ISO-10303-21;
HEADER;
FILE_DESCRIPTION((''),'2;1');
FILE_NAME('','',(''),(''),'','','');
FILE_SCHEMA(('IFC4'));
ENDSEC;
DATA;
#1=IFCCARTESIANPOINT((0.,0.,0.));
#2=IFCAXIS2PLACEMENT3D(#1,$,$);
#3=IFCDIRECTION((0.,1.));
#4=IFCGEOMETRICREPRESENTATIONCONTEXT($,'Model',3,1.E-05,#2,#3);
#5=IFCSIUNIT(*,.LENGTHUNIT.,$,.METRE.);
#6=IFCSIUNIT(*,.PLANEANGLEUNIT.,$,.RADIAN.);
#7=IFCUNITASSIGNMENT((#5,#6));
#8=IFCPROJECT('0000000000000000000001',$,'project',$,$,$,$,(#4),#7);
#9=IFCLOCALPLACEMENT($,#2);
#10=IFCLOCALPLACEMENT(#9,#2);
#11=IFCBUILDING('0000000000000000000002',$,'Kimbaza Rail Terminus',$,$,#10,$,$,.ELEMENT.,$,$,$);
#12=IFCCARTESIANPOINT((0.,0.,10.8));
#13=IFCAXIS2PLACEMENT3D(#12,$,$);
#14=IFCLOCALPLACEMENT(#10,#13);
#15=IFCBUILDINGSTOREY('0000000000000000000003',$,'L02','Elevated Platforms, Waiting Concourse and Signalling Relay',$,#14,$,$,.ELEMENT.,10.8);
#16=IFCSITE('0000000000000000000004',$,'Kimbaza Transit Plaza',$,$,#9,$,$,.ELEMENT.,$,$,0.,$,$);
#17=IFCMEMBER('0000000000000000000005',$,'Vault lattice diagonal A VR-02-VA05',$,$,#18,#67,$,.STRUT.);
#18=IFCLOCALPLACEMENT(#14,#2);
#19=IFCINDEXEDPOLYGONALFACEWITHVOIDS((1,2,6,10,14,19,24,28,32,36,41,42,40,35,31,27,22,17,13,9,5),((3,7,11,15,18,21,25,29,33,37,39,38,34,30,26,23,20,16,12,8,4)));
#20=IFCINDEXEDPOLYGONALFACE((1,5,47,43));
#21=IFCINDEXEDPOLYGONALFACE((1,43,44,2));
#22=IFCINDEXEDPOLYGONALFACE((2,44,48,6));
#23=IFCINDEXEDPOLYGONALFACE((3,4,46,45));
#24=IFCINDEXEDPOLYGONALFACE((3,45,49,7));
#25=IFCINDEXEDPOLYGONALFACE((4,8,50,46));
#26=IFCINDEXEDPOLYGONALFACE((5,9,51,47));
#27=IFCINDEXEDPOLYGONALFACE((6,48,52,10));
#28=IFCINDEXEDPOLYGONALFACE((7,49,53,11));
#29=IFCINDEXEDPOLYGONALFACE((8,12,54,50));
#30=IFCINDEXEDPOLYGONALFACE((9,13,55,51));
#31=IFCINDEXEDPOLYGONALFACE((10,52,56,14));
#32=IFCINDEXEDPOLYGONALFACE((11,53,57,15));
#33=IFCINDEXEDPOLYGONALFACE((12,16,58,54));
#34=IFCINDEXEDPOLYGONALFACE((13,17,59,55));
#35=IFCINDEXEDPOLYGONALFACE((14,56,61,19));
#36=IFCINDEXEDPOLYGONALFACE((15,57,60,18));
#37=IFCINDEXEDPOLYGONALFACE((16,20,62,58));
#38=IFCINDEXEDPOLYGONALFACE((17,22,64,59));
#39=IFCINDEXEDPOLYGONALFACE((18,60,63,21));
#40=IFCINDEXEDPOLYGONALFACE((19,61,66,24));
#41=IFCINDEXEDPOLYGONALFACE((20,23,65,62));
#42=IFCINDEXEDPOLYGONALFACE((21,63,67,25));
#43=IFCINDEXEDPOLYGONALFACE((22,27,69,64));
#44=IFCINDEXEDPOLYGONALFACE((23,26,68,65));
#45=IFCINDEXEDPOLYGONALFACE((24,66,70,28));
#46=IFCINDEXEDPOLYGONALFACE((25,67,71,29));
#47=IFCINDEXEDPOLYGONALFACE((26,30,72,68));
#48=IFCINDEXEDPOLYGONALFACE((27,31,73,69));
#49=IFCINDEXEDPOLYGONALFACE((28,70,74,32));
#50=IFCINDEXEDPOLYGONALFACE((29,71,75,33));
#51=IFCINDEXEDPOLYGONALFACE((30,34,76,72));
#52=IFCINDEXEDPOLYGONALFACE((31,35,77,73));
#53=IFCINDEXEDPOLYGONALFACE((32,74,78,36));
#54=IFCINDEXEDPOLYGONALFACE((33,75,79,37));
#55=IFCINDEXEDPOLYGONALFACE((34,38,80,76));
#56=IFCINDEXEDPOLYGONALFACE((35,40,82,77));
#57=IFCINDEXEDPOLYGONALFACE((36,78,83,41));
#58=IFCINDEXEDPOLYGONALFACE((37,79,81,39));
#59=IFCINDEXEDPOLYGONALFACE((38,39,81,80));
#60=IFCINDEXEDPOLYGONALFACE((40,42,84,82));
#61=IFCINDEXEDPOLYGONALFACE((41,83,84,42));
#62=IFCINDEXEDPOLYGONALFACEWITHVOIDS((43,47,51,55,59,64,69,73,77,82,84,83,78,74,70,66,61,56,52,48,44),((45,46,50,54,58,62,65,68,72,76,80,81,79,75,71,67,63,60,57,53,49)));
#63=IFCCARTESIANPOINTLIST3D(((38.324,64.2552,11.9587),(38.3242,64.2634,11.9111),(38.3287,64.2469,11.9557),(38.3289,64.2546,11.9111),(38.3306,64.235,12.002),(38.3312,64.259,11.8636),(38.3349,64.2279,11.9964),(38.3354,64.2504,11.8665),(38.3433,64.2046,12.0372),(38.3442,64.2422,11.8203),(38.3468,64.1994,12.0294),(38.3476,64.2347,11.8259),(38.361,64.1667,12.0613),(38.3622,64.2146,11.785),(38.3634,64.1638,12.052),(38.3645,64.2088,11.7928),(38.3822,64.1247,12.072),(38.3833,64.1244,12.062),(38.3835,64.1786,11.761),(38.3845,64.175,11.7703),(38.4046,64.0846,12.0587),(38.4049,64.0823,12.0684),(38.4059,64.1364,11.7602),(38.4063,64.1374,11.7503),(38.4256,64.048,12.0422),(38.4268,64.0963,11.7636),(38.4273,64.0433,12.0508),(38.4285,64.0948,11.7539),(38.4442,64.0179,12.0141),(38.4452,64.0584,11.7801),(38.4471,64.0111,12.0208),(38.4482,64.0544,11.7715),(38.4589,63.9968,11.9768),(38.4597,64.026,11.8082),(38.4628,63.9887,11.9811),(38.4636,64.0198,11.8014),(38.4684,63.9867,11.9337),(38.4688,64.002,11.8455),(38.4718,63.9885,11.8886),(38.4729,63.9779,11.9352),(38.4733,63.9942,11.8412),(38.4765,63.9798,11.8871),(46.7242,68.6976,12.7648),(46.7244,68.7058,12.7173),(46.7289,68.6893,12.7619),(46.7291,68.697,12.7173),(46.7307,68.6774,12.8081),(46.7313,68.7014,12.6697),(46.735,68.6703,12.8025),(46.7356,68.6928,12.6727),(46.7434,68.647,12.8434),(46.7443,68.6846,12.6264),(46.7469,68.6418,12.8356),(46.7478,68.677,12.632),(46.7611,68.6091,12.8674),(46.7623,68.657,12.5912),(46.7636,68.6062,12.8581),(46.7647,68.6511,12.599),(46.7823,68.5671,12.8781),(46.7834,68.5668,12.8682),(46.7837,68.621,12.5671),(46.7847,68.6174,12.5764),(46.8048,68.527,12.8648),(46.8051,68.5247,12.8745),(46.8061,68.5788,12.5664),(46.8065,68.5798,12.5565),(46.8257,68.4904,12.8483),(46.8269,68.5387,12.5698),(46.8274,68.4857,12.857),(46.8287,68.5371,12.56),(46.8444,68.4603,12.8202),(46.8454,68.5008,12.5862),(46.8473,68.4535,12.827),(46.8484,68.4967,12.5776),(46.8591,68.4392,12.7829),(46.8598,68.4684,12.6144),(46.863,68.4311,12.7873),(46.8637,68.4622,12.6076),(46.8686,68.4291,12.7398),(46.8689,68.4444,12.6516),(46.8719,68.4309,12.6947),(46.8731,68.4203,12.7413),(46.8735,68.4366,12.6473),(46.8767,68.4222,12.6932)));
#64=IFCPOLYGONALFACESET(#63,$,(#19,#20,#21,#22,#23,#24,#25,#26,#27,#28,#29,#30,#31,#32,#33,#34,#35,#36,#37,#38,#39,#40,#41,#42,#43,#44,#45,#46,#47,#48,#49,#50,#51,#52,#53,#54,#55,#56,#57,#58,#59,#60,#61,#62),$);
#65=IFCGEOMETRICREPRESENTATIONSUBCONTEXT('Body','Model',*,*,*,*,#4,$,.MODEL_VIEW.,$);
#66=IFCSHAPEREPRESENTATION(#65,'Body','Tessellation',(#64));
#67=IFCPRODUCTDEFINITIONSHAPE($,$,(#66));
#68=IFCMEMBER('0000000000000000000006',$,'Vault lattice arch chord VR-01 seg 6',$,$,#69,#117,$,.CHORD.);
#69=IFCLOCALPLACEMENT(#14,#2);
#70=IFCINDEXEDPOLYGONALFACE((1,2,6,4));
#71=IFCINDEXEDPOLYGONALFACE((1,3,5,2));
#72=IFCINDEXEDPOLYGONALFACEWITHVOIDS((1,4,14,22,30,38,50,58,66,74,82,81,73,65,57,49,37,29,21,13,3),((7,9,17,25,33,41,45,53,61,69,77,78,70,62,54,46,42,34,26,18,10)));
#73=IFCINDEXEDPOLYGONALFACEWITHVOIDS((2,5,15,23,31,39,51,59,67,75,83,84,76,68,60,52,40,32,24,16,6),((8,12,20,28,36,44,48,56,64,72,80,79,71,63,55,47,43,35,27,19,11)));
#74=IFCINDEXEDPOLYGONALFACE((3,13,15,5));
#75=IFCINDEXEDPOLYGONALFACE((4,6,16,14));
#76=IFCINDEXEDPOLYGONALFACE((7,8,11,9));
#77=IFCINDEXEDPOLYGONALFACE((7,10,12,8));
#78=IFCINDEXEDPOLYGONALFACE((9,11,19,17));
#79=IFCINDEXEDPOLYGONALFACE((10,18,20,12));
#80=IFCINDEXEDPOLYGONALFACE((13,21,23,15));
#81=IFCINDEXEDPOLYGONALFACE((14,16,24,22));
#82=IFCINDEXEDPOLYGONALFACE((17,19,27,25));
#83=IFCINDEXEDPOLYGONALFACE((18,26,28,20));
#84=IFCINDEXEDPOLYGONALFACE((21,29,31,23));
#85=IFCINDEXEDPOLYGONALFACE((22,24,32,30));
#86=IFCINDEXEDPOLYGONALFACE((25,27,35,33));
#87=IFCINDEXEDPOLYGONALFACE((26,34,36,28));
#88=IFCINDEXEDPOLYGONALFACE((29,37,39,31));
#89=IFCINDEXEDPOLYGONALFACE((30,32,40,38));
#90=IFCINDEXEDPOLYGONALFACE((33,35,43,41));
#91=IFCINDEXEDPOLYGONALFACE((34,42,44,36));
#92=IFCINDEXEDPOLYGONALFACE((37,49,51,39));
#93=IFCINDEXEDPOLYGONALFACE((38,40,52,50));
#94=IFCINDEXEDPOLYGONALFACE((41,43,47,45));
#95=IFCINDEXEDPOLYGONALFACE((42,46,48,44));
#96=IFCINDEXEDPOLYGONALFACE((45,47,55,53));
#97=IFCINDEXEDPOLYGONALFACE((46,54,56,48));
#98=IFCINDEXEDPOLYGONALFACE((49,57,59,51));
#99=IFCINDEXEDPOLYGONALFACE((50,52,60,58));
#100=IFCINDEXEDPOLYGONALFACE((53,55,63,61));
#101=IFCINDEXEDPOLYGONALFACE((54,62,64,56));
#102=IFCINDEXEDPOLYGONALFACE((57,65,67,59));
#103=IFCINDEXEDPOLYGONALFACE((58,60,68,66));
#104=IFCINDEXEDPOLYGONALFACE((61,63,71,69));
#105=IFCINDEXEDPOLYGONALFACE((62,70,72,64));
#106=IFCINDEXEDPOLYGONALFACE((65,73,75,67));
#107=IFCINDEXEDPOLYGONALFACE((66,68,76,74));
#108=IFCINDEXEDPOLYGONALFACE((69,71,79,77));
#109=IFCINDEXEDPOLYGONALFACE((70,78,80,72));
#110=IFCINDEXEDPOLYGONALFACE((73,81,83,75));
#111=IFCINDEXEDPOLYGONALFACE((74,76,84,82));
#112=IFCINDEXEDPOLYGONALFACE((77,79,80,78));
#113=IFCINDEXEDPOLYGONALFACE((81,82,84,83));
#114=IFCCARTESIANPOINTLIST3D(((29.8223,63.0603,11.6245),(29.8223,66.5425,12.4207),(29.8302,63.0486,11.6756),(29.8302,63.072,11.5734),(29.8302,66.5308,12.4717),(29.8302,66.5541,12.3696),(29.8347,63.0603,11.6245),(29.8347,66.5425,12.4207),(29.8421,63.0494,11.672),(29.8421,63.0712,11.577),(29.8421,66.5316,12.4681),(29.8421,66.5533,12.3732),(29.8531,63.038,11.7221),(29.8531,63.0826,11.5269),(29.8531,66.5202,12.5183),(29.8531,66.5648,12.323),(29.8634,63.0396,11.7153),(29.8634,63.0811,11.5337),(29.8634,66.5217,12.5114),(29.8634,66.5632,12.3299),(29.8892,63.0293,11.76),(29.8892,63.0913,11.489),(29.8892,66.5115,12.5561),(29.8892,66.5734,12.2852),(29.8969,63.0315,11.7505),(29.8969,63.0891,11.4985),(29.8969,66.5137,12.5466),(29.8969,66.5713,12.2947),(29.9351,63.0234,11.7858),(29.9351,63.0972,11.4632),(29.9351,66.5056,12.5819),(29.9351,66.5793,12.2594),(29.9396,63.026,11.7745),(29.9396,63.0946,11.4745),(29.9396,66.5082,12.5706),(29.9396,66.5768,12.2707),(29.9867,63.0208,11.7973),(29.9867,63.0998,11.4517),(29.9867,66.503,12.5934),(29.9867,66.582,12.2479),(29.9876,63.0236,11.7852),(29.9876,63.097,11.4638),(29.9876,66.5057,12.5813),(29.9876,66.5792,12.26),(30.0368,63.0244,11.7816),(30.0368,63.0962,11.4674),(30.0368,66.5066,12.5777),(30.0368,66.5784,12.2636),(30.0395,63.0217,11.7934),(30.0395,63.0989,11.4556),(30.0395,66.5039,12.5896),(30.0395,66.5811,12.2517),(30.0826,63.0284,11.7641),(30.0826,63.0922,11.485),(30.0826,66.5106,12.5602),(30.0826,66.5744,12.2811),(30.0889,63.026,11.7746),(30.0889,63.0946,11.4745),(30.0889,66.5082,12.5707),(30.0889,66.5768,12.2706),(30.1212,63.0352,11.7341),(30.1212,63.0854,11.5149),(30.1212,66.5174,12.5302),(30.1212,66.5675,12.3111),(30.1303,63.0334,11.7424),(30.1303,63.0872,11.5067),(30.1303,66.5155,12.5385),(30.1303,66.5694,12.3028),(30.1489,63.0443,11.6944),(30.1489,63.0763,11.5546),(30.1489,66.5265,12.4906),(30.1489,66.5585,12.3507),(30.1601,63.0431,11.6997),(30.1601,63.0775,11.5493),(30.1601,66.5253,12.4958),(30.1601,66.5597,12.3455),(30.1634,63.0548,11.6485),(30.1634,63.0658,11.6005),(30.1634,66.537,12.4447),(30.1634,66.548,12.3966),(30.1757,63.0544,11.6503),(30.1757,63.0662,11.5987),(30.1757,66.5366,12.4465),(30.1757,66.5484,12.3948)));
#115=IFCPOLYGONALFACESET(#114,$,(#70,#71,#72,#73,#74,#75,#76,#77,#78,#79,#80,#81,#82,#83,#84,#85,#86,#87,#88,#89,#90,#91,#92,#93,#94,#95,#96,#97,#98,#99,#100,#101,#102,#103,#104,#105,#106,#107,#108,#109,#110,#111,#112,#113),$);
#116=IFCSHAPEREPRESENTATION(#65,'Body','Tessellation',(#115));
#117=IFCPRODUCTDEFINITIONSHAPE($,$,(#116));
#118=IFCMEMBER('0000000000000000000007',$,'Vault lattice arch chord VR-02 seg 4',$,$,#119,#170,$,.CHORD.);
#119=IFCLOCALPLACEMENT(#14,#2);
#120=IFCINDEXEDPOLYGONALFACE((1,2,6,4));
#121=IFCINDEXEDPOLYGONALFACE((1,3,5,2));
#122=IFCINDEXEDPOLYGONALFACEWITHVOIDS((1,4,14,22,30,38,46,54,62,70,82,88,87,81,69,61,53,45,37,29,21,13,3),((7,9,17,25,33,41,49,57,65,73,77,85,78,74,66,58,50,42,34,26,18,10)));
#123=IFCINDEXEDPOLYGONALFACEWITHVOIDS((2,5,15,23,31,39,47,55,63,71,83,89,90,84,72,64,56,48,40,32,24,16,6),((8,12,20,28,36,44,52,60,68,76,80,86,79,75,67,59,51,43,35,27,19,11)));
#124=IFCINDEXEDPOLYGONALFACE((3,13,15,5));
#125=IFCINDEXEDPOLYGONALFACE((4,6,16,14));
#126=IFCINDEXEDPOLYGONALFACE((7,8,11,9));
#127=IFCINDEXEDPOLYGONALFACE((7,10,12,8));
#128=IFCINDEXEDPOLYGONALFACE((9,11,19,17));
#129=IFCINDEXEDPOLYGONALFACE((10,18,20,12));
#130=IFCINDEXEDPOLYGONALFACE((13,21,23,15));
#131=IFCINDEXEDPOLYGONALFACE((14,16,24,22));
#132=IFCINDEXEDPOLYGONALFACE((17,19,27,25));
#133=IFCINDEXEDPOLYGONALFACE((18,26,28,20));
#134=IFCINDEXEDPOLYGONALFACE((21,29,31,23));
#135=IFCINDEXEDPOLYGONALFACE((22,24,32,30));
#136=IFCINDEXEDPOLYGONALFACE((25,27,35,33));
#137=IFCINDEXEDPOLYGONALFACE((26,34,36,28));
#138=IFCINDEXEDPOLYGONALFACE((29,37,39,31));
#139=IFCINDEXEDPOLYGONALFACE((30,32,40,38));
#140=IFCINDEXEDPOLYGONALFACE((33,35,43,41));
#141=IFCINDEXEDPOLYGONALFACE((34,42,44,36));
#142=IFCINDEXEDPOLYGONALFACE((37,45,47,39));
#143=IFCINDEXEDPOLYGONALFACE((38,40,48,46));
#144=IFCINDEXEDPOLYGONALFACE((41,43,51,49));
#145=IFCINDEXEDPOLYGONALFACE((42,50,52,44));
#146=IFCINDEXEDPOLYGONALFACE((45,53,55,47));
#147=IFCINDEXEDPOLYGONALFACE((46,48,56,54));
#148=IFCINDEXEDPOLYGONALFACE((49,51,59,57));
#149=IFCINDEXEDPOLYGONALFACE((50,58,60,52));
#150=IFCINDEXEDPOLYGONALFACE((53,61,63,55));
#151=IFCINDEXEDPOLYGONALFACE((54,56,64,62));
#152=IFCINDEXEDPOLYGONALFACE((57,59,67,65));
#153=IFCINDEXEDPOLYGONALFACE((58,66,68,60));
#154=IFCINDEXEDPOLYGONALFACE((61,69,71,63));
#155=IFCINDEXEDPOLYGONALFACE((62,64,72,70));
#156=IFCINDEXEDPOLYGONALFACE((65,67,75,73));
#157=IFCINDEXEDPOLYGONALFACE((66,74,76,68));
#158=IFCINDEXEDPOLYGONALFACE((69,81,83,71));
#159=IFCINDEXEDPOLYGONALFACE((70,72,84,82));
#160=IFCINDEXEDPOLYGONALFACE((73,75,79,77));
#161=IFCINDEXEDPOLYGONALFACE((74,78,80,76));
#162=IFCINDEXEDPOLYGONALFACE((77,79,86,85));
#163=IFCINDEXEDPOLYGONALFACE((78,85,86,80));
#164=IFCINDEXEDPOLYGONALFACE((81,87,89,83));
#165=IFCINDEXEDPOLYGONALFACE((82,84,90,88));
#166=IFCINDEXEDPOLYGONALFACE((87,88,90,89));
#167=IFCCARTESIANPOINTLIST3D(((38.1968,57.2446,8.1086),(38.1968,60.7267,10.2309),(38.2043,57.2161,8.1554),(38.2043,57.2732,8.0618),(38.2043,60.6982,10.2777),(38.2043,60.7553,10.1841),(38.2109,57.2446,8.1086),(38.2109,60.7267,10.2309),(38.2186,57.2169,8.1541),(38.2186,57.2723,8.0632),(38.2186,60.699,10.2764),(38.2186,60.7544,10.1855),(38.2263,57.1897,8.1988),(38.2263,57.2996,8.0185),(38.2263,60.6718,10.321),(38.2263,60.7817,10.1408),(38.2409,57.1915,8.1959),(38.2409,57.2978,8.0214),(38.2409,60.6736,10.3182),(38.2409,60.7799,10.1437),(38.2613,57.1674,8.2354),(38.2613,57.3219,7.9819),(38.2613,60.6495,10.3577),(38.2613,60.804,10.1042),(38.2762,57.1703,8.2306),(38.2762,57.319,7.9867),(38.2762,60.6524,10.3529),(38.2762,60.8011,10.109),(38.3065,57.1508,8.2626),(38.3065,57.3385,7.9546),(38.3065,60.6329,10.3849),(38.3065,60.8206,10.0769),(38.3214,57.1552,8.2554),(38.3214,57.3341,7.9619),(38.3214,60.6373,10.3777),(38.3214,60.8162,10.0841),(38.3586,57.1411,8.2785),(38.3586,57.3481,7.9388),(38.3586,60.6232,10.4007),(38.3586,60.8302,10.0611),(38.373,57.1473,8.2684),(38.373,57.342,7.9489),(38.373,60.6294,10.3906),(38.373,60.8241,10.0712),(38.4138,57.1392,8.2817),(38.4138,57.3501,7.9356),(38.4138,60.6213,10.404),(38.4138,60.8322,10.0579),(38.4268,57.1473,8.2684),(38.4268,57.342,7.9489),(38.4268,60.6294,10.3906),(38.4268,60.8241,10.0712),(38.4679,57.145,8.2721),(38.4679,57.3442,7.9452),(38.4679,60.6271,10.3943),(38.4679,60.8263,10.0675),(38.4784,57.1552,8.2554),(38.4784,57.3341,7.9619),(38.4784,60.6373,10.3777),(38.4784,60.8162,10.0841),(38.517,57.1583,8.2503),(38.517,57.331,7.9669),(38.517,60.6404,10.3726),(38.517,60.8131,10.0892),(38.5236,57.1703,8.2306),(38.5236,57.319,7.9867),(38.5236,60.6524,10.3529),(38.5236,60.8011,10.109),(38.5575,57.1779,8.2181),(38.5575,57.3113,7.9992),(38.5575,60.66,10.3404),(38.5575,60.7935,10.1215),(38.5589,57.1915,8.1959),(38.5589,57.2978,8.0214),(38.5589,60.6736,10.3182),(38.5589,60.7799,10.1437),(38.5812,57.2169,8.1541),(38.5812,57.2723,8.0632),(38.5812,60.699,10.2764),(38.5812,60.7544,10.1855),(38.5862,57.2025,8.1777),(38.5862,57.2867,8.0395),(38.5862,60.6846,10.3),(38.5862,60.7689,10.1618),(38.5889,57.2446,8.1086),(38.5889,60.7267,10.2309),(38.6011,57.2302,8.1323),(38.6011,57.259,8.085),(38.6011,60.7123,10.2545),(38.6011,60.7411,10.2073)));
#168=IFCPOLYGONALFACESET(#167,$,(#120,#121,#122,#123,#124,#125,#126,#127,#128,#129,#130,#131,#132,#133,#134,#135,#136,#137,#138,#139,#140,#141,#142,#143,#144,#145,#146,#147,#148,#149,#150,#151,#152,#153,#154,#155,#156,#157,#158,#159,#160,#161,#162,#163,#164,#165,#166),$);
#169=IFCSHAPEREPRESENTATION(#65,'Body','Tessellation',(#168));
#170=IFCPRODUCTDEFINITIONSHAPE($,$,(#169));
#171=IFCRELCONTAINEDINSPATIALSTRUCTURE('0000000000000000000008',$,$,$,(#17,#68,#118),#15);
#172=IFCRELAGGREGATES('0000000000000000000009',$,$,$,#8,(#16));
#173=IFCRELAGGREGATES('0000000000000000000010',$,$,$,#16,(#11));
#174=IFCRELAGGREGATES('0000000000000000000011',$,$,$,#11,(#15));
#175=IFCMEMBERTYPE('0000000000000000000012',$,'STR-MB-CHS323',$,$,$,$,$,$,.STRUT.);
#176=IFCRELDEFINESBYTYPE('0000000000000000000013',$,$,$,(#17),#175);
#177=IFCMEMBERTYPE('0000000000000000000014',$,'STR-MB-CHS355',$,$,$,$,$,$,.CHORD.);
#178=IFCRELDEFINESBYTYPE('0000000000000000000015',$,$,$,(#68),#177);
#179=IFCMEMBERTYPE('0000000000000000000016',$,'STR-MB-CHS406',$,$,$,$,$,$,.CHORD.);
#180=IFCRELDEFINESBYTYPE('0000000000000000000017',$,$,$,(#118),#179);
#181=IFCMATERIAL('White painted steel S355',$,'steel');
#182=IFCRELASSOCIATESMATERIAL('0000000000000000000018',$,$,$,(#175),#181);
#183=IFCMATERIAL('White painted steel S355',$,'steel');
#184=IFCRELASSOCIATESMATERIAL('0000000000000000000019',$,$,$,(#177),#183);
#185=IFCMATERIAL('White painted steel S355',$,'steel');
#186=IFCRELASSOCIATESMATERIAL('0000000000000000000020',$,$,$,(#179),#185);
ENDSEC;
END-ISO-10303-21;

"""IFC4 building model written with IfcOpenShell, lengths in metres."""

from ifc_helpers import new_model, si_unit, direction, frame, origin, origin_2d, place, context, subcontext, project, spatial, hollow_circle, extrude, material, material_profile, profile_set, type_object, element, save


model = new_model("IFC4")

# Units and contexts
model_context = context("Model", 3, precision=1e-05, world=origin(), true_north=direction((0.0, 1.0)))
body_context = subcontext(model_context, "Body", "Model", "MODEL_VIEW")
ifc_project = project(units=[si_unit("LENGTHUNIT", "METRE"), si_unit("PLANEANGLEUNIT", "RADIAN")], contexts=[model_context])

# Site, building, storey
site_placement = place(None, origin())
site = spatial("IfcSite", under=ifc_project, at=site_placement, Name="Kimbaza Transit Plaza", CompositionType="ELEMENT", RefElevation=0.0)
building_placement = place(site_placement, origin())
building = spatial("IfcBuilding", under=site, at=building_placement, Name="Kimbaza Rail Terminus", CompositionType="ELEMENT")
storey_placement = place(building_placement, frame((0.0, 0.0, 10.8)))
storey = spatial("IfcBuildingStorey", under=building, at=storey_placement, Name="L02", Description="Elevated Platforms, Waiting Concourse and Signalling Relay", CompositionType="ELEMENT", Elevation=10.8)

# Members
ifc_material_1 = material(Name="White painted steel S355", Category="steel")
ifc_material_profile_1 = material_profile(ifc_material_1, hollow_circle(Radius=0.1619, WallThickness=0.01, at=origin_2d()), Name="CHS 323.9x10")
ifc_profile_set_1 = profile_set([ifc_material_profile_1], Name="White painted steel S355")
member_type_1 = type_object("IfcMemberType", Name="STR-MB-CHS323", PredefinedType="STRUT", material=ifc_profile_set_1)
member_1_placement = place(storey_placement, frame((38.3999, 64.1204, 11.9111), z_axis=(0.880831, 0.465824, 0.084532), x_axis=(-0.467497, 0.883995, 0.0)))
element("IfcMember", 1, at=member_1_placement, inside=storey, type_object=member_type_1, Name="Vault lattice diagonal A VR-02-VA05", PredefinedType="STRUT", context=body_context, shape_type="SweptSolid", body=[
    extrude(hollow_circle(Radius=0.1619, WallThickness=0.01, at=origin_2d()), origin(), (0.0, 0.0, 1.0), 9.5366),
])
ifc_material_2 = material(Name="White painted steel S355", Category="steel")
ifc_material_profile_2 = material_profile(ifc_material_2, hollow_circle(Radius=0.1777, WallThickness=0.0125, at=origin_2d()), Name="CHS 355.6x12.5")
ifc_profile_set_2 = profile_set([ifc_material_profile_2], Name="White painted steel S355")
member_type_2 = type_object("IfcMemberType", Name="STR-MB-CHS355", PredefinedType="CHORD", material=ifc_profile_set_2)
member_2_placement = place(storey_placement, frame((30.0, 63.0603, 11.6245), z_axis=(0.0, 0.974845, 0.222882), x_axis=(-1.0, 0.0, 0.0)))
element("IfcMember", 2, at=member_2_placement, inside=storey, type_object=member_type_2, Name="Vault lattice arch chord VR-01 seg 6", PredefinedType="CHORD", context=body_context, shape_type="SweptSolid", body=[
    extrude(hollow_circle(Radius=0.1777, WallThickness=0.0125, at=origin_2d()), origin(), (0.0, 0.0, 1.0), 3.572),
])
ifc_material_3 = material(Name="White painted steel S355", Category="steel")
ifc_material_profile_3 = material_profile(ifc_material_3, hollow_circle(Radius=0.2031, WallThickness=0.0142, at=origin_2d()), Name="CHS 406.4x14.2")
ifc_profile_set_3 = profile_set([ifc_material_profile_3], Name="White painted steel S355")
member_type_3 = type_object("IfcMemberType", Name="STR-MB-CHS406", PredefinedType="CHORD", material=ifc_profile_set_3)
member_3_placement = place(storey_placement, frame((38.3999, 57.2446, 8.1086), z_axis=(0.0, 0.853901, 0.520435), x_axis=(-1.0, 0.0, 0.0)))
element("IfcMember", 3, at=member_3_placement, inside=storey, type_object=member_type_3, Name="Vault lattice arch chord VR-02 seg 4", PredefinedType="CHORD", context=body_context, shape_type="SweptSolid", body=[
    extrude(hollow_circle(Radius=0.2031, WallThickness=0.0142, at=origin_2d()), origin(), (0.0, 0.0, 1.0), 4.0779),
])

save(model, "model.ifc")
